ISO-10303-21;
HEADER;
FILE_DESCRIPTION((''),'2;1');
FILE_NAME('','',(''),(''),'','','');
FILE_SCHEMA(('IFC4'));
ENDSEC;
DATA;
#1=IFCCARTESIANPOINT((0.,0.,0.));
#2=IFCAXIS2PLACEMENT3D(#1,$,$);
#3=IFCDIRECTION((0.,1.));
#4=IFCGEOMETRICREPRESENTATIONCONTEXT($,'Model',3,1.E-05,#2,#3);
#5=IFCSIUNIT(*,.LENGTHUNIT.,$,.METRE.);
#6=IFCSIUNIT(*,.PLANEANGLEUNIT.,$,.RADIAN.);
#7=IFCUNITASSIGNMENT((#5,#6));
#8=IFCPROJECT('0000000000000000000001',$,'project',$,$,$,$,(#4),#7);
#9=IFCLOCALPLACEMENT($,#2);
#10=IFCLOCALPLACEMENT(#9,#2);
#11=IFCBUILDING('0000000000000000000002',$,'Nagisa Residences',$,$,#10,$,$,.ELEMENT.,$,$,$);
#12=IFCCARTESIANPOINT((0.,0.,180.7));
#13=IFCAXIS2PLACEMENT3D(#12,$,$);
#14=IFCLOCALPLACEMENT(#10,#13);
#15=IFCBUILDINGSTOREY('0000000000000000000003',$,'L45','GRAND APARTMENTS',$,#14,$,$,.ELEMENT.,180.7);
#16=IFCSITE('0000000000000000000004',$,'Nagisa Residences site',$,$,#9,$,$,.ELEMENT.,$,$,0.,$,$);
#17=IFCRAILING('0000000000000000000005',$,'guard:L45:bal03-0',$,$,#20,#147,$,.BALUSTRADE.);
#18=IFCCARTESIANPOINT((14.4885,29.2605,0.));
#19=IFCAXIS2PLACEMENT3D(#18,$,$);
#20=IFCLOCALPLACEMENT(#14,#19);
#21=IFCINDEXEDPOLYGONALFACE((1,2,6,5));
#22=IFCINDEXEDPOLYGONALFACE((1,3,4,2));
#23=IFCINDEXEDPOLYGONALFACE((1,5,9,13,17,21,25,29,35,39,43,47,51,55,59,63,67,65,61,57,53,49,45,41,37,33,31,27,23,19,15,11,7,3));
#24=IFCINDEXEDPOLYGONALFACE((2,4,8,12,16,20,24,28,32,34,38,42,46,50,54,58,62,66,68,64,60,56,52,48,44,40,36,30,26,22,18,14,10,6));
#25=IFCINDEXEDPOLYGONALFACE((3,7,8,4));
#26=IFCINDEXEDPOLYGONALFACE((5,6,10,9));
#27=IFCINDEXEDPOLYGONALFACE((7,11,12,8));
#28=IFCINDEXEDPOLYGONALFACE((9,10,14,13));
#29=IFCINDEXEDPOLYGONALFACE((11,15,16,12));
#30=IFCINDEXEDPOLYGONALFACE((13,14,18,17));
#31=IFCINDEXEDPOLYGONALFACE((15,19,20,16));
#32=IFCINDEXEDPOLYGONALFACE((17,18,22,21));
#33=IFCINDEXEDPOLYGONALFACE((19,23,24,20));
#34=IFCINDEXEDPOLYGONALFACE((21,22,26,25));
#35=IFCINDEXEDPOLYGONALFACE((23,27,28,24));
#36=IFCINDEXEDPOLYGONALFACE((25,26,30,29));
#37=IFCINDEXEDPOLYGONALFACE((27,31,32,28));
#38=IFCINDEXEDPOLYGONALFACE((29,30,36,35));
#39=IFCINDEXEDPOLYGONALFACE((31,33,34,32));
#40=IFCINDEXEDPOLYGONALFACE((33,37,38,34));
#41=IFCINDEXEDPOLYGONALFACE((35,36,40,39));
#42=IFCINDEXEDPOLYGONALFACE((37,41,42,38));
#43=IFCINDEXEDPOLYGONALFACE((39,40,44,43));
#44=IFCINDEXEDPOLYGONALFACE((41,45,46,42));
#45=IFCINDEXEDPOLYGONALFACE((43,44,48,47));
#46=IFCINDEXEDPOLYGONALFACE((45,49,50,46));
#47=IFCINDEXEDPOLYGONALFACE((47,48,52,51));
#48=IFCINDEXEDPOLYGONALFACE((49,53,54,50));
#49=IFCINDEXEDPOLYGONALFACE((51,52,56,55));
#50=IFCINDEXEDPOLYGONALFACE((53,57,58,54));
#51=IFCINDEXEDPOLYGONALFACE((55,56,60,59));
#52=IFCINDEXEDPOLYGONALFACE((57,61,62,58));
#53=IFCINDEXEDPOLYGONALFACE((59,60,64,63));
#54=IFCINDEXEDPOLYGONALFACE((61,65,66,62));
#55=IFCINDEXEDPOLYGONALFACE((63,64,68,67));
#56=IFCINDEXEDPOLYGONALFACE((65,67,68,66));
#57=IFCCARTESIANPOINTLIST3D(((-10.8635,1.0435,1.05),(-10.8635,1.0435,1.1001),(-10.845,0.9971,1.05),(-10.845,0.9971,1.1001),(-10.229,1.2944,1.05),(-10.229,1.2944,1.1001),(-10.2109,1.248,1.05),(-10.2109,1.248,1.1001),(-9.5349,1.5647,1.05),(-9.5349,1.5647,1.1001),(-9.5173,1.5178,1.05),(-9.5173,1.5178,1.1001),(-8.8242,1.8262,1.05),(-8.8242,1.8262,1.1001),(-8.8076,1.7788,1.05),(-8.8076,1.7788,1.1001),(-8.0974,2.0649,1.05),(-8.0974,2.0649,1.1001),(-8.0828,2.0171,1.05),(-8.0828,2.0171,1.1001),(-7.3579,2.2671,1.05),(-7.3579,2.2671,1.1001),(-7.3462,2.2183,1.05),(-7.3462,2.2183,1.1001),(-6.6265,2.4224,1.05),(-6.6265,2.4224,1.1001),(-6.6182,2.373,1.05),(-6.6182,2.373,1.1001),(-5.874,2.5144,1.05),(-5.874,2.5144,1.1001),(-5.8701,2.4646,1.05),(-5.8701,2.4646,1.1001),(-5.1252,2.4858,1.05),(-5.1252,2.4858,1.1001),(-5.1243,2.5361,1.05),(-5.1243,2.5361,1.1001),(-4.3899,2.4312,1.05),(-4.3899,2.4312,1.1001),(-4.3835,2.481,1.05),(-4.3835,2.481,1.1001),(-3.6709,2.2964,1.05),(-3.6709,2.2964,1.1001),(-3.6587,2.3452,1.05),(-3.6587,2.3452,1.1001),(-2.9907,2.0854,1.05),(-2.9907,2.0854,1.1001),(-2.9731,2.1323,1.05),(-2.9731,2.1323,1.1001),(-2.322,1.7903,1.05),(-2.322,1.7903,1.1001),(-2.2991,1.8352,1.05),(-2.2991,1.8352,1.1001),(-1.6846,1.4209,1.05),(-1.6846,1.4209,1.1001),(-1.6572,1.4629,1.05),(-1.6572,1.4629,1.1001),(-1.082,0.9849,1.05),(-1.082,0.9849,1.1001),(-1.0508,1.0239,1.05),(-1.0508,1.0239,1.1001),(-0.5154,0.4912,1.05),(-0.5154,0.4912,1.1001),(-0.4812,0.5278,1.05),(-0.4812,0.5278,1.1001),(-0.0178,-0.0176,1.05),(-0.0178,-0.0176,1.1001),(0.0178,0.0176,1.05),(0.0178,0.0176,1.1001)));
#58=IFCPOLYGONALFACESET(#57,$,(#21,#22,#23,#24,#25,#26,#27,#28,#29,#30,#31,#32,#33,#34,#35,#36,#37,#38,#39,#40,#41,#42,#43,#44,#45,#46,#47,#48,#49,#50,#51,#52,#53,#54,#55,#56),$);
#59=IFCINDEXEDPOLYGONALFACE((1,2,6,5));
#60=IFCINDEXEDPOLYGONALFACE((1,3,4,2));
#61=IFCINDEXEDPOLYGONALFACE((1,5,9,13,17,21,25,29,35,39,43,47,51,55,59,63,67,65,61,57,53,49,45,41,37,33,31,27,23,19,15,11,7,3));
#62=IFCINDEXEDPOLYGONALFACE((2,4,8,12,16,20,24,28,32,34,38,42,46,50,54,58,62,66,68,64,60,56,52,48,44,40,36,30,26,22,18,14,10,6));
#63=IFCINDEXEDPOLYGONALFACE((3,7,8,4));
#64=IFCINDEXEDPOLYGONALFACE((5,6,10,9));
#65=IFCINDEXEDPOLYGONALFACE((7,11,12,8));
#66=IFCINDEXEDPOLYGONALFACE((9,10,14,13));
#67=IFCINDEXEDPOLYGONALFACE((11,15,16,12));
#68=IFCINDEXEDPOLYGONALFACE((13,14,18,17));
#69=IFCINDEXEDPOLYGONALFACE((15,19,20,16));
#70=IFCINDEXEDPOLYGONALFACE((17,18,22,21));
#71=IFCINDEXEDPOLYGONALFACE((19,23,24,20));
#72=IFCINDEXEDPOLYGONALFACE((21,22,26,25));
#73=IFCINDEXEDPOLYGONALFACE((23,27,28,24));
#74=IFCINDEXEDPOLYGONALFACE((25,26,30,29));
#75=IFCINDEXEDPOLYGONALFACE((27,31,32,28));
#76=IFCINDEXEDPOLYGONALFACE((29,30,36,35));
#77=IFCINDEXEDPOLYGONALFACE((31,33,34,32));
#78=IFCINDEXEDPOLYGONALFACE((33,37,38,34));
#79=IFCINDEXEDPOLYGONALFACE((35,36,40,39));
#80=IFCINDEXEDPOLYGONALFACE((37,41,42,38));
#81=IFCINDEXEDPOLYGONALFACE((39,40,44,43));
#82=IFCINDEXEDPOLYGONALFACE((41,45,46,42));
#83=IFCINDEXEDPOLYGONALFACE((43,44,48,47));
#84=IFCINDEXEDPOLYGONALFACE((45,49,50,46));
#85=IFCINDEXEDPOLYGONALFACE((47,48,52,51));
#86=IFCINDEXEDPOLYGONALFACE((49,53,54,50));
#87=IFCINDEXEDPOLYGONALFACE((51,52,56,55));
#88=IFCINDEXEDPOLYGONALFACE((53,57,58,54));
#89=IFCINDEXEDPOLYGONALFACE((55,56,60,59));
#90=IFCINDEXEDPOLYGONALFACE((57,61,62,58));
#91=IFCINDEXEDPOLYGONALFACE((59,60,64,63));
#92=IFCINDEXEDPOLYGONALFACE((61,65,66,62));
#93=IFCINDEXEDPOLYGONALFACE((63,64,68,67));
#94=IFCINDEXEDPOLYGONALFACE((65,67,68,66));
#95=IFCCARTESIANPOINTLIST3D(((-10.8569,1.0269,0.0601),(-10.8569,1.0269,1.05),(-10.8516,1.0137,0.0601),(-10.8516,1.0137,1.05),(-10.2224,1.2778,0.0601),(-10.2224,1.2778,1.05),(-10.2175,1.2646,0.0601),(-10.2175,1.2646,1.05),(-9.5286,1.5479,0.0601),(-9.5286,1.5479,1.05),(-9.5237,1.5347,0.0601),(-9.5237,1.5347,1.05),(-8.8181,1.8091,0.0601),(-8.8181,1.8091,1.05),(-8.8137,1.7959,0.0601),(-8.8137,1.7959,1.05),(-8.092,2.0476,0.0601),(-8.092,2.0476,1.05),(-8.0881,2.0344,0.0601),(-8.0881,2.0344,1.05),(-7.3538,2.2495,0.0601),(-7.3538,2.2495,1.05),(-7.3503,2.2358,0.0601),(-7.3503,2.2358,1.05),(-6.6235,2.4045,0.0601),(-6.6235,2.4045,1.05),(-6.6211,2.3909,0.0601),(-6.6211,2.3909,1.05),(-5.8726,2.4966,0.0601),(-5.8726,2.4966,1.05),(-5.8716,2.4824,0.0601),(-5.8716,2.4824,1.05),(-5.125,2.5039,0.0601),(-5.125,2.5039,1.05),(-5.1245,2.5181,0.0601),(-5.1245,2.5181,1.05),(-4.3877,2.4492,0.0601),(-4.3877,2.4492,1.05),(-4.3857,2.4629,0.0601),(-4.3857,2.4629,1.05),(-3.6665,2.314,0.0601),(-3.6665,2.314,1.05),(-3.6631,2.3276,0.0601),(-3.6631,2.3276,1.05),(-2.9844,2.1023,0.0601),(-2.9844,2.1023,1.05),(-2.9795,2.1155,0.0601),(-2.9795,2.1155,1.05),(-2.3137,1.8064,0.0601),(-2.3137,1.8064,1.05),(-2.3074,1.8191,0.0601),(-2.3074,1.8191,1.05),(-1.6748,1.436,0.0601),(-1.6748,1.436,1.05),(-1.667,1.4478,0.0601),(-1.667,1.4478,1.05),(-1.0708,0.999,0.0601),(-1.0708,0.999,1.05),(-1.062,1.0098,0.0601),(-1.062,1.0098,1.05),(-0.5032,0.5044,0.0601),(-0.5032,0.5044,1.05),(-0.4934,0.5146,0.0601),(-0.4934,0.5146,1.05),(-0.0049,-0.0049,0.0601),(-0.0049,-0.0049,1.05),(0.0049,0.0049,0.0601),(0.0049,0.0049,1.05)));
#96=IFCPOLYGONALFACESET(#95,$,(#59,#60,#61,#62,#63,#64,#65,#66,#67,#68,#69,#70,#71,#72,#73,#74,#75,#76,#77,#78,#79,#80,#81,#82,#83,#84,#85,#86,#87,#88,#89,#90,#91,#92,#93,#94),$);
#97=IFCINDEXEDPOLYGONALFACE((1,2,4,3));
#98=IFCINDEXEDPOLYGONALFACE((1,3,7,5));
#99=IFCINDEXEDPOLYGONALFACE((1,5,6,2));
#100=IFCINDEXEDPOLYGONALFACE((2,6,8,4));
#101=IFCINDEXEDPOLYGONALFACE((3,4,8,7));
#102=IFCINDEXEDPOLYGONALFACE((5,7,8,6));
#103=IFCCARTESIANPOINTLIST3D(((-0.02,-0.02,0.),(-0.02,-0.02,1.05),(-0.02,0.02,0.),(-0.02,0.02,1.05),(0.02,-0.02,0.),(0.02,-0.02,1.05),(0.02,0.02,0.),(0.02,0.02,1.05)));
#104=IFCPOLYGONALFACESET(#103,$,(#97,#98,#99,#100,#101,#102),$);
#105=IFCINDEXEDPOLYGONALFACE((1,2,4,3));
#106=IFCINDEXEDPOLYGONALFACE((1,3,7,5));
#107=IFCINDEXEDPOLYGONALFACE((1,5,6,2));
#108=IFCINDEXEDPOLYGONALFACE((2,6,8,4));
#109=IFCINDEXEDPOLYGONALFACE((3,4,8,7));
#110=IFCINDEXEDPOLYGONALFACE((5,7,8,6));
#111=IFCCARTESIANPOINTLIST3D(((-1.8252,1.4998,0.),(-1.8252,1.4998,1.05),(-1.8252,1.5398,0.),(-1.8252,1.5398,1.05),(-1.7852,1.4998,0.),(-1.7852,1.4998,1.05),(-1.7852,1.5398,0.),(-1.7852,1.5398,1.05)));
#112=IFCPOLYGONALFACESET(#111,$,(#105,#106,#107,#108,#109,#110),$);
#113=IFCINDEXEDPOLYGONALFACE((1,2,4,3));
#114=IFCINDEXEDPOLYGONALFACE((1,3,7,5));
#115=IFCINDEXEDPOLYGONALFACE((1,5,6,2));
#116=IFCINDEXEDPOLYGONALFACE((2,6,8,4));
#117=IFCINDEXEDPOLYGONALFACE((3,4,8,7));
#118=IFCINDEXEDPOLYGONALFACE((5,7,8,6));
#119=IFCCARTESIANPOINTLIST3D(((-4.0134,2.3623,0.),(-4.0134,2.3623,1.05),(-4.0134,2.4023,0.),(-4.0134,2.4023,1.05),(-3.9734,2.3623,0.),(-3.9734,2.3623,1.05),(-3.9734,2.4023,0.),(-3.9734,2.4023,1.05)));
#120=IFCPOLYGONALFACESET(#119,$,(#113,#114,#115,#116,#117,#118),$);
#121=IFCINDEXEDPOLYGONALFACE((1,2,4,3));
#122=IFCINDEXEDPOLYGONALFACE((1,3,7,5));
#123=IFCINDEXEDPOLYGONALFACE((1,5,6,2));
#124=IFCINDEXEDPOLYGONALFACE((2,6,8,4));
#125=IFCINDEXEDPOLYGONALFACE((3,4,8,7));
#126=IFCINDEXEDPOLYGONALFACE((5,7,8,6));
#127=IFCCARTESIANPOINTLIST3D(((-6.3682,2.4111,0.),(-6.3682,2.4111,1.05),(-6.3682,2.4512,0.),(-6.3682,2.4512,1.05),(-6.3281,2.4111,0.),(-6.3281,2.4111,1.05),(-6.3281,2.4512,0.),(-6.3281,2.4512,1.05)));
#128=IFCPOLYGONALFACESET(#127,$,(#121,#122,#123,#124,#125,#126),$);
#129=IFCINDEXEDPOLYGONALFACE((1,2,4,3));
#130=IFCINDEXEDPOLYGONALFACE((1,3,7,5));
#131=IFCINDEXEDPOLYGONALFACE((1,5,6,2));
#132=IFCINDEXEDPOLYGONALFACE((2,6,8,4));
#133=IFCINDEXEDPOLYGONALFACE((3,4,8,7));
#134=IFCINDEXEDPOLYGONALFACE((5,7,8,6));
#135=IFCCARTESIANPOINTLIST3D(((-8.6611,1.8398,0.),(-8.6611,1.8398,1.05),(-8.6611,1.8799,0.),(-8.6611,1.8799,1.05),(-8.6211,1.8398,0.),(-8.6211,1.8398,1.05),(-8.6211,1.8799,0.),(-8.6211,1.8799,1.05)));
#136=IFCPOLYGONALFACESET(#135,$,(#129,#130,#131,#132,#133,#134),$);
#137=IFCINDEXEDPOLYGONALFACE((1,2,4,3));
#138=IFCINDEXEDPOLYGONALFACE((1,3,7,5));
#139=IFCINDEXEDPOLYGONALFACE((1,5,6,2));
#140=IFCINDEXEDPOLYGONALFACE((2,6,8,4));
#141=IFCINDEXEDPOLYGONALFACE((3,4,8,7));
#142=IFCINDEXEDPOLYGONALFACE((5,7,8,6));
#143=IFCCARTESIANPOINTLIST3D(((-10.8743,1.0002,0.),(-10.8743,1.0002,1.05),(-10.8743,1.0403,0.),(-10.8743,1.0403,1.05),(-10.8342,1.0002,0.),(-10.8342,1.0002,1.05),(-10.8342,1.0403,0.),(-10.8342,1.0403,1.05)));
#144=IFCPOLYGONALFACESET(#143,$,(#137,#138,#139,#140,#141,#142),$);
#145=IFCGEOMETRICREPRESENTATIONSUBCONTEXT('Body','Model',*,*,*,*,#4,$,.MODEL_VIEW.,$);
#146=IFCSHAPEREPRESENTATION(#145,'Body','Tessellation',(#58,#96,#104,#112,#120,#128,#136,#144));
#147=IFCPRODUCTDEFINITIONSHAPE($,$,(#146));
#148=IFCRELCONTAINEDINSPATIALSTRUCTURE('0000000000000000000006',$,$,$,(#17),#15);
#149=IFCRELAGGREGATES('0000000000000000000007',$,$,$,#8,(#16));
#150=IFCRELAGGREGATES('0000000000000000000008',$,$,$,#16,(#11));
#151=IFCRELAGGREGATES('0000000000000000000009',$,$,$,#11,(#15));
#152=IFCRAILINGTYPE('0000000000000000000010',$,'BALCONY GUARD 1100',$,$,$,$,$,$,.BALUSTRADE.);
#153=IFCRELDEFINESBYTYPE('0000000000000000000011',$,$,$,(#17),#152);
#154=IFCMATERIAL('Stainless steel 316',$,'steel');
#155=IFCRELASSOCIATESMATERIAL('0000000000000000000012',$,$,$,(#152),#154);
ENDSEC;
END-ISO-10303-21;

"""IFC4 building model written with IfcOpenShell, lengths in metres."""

from ifc_helpers import new_model, si_unit, direction, frame, origin, origin_2d, place, context, subcontext, project, spatial, polyline, rectangle, outline, extrude, material, type_object, element, save


model = new_model("IFC4")

# Units and contexts
model_context = context("Model", 3, precision=1e-05, world=origin(), true_north=direction((0.0, 1.0)))
body_context = subcontext(model_context, "Body", "Model", "MODEL_VIEW")
ifc_project = project(units=[si_unit("LENGTHUNIT", "METRE"), si_unit("PLANEANGLEUNIT", "RADIAN")], contexts=[model_context])

# Site, building, storey
site_placement = place(None, origin())
site = spatial("IfcSite", under=ifc_project, at=site_placement, Name="Nagisa Residences site", CompositionType="ELEMENT", RefElevation=0.0)
building_placement = place(site_placement, origin())
building = spatial("IfcBuilding", under=site, at=building_placement, Name="Nagisa Residences", CompositionType="ELEMENT")
storey_placement = place(building_placement, frame((0.0, 0.0, 180.7)))
storey = spatial("IfcBuildingStorey", under=building, at=storey_placement, Name="L45", Description="GRAND APARTMENTS", CompositionType="ELEMENT", Elevation=180.7)

# Railing
ifc_material_1 = material(Name="Stainless steel 316", Category="steel")
railing_type = type_object("IfcRailingType", Name="BALCONY GUARD 1100", PredefinedType="BALUSTRADE", material=ifc_material_1)
railing_1_placement = place(storey_placement, frame((14.4885, 29.2605, 0.0)))
element("IfcRailing", 1, at=railing_1_placement, inside=storey, type_object=railing_type, Name="guard:L45:bal03-0", PredefinedType="BALUSTRADE", context=body_context, shape_type="SweptSolid", body=[
    extrude(outline(polyline([(-0.5154, 0.4912), (-0.0178, -0.0176), (0.0178, 0.0176), (-0.4812, 0.5278), (-1.0508, 1.0239), (-1.6572, 1.4629), (-2.2991, 1.8352), (-2.9731, 2.1323), (-3.6587, 2.3452), (-4.3835, 2.481), (-5.1243, 2.5361), (-5.874, 2.5144), (-6.6265, 2.4224), (-7.3579, 2.2671), (-8.0974, 2.0649), (-8.8242, 1.8262), (-9.5349, 1.5647), (-10.229, 1.2944), (-10.8635, 1.0435), (-10.845, 0.9971), (-10.2109, 1.248), (-9.5173, 1.5178), (-8.8076, 1.7788), (-8.0828, 2.0171), (-7.3462, 2.2183), (-6.6182, 2.373), (-5.8701, 2.4646), (-5.1252, 2.4858), (-4.3899, 2.4312), (-3.6709, 2.2964), (-2.9907, 2.0854), (-2.322, 1.7903), (-1.6846, 1.4209), (-1.082, 0.9849), (-0.5154, 0.4912)])), frame((0.0, 0.0, 1.05)), (0.0, 0.0, 1.0), 0.05),
    extrude(outline(polyline([(-0.5032, 0.5044), (-0.0049, -0.0049), (0.0049, 0.0049), (-0.4934, 0.5146), (-1.062, 1.0098), (-1.667, 1.4478), (-2.3074, 1.8191), (-2.9795, 2.1155), (-3.6631, 2.3276), (-4.3857, 2.4629), (-5.1245, 2.5181), (-5.8726, 2.4966), (-6.6235, 2.4045), (-7.3538, 2.2495), (-8.092, 2.0476), (-8.8181, 1.8091), (-9.5286, 1.5479), (-10.2224, 1.2778), (-10.8569, 1.0269), (-10.8516, 1.0137), (-10.2175, 1.2646), (-9.5237, 1.5347), (-8.8137, 1.7959), (-8.0881, 2.0344), (-7.3503, 2.2358), (-6.6211, 2.3909), (-5.8716, 2.4824), (-5.125, 2.5039), (-4.3877, 2.4492), (-3.6665, 2.314), (-2.9844, 2.1023), (-2.3137, 1.8064), (-1.6748, 1.436), (-1.0708, 0.999), (-0.5032, 0.5044)])), frame((0.0, 0.0, 0.0601)), (0.0, 0.0, 1.0), 0.99),
    extrude(rectangle(XDim=0.04, YDim=0.04, at=origin_2d()), origin(), (0.0, 0.0, 1.0), 1.05),
    extrude(rectangle(XDim=0.04, YDim=0.04, at=origin_2d()), frame((-1.8052, 1.5198, 0.0)), (0.0, 0.0, 1.0), 1.05),
    extrude(rectangle(XDim=0.04, YDim=0.04, at=origin_2d()), frame((-3.9934, 2.3823, 0.0)), (0.0, 0.0, 1.0), 1.05),
    extrude(rectangle(XDim=0.04, YDim=0.04, at=origin_2d()), frame((-6.3481, 2.4312, 0.0)), (0.0, 0.0, 1.0), 1.05),
    extrude(rectangle(XDim=0.04, YDim=0.04, at=origin_2d()), frame((-8.6411, 1.8599, 0.0)), (0.0, 0.0, 1.0), 1.05),
    extrude(rectangle(XDim=0.04, YDim=0.04, at=origin_2d()), frame((-10.8542, 1.0203, 0.0)), (0.0, 0.0, 1.0), 1.05),
])

save(model, "model.ifc")
